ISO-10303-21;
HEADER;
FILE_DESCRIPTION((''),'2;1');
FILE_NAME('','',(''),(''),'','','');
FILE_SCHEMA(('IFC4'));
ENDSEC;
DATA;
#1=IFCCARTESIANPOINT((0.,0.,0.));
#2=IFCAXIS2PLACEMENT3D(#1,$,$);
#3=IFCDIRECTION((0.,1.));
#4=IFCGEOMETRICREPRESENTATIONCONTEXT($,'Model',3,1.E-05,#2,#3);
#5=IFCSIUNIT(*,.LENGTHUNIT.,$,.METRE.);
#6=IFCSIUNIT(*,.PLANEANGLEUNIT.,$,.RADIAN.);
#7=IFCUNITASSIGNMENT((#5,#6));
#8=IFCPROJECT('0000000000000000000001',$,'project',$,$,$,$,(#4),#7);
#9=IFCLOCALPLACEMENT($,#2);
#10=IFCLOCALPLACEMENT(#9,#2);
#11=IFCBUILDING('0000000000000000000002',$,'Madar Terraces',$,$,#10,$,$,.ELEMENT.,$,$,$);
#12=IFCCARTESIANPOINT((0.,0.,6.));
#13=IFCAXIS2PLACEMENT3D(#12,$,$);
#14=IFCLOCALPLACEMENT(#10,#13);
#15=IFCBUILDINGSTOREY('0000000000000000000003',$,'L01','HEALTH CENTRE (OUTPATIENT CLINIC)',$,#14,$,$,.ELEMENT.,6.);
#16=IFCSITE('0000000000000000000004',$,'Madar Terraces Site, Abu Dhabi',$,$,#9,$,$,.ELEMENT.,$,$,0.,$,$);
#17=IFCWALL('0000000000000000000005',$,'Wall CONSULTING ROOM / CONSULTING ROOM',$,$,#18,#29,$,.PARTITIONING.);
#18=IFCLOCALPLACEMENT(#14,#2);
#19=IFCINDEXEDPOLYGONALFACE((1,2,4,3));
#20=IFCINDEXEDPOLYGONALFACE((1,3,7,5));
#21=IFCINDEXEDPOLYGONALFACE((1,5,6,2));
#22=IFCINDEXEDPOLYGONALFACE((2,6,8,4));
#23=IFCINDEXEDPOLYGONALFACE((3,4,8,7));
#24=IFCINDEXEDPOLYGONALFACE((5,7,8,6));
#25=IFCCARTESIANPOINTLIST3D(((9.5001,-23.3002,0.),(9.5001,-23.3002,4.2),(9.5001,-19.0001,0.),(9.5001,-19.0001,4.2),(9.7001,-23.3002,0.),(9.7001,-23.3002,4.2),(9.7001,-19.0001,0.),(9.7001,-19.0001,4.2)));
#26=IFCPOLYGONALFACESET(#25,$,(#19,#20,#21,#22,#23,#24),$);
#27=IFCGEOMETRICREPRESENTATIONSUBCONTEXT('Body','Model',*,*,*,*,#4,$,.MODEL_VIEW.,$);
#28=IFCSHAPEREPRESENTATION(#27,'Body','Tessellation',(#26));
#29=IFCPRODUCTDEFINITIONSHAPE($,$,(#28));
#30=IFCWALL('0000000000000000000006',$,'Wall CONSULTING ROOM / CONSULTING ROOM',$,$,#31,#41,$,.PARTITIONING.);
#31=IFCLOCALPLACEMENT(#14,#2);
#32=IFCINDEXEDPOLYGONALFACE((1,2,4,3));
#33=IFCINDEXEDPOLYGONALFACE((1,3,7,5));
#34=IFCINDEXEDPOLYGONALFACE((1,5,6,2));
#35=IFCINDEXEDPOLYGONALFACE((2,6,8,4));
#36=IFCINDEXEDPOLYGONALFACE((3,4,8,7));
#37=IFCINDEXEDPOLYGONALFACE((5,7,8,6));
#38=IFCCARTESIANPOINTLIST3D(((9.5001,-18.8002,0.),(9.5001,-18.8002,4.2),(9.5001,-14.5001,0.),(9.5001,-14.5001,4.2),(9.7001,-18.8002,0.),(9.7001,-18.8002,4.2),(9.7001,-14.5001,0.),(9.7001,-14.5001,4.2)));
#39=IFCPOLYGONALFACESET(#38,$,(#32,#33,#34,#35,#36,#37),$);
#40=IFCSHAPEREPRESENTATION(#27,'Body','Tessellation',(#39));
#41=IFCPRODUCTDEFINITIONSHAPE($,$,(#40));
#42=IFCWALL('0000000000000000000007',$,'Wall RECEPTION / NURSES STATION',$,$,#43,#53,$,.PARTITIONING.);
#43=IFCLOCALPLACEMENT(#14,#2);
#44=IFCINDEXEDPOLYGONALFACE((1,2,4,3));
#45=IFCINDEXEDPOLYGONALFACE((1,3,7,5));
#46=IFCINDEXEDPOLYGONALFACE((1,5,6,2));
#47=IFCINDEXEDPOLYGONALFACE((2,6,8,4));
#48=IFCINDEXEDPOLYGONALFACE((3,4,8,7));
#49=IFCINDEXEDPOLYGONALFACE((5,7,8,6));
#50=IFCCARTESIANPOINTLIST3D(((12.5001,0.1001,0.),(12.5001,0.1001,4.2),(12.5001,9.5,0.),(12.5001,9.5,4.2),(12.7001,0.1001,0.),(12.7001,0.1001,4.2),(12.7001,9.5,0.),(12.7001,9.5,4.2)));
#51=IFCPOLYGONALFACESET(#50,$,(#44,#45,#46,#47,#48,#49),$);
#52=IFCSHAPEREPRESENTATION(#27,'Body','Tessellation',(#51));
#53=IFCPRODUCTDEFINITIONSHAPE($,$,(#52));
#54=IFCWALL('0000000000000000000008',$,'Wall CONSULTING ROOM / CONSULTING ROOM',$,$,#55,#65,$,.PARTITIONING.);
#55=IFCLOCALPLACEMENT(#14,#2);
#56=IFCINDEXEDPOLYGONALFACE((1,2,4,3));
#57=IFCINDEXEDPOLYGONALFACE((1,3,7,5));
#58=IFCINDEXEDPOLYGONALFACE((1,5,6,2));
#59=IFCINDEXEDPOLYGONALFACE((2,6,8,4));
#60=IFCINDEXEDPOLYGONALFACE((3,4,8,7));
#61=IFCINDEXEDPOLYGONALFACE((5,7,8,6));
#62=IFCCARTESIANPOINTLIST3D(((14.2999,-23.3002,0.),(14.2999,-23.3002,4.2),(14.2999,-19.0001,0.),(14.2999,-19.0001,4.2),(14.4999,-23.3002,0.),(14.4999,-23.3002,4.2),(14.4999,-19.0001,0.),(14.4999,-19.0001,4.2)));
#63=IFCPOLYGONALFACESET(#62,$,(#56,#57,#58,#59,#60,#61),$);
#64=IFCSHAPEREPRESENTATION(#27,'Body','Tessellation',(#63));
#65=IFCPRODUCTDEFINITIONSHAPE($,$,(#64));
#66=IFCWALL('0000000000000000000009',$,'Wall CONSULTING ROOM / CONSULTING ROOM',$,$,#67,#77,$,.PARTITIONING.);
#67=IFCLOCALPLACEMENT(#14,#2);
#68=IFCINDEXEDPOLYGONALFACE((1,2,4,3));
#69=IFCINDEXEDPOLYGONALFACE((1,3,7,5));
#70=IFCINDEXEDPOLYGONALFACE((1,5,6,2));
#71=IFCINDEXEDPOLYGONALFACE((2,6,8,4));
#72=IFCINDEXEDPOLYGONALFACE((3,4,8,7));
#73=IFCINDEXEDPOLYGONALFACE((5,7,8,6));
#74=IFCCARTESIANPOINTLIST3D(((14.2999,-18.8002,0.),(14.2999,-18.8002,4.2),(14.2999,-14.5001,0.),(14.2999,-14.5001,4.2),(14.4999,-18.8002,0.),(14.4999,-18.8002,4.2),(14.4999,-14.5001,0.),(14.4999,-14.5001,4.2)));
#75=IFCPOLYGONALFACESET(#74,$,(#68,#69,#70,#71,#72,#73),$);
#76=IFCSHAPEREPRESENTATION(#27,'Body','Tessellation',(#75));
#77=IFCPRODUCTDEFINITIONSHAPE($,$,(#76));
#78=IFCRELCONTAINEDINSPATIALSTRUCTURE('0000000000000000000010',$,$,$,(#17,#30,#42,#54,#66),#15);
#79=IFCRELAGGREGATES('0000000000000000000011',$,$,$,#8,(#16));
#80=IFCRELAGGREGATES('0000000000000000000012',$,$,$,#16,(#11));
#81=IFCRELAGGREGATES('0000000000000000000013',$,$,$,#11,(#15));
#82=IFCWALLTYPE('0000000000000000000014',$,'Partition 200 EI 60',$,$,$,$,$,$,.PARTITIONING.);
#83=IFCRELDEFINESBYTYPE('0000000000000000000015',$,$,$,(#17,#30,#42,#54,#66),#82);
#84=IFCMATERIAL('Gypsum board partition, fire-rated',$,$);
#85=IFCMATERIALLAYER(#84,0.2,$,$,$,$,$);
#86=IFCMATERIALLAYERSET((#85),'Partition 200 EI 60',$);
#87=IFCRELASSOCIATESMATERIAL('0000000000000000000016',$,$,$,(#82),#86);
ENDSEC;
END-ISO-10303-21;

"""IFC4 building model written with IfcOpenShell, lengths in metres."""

from ifc_helpers import new_model, si_unit, direction, frame, frame_2d, origin, place, context, subcontext, project, spatial, rectangle, extrude, material, layer, layer_set, type_object, element, save


model = new_model("IFC4")

# Units and contexts
model_context = context("Model", 3, precision=1e-05, world=origin(), true_north=direction((0.0, 1.0)))
body_context = subcontext(model_context, "Body", "Model", "MODEL_VIEW")
ifc_project = project(units=[si_unit("LENGTHUNIT", "METRE"), si_unit("PLANEANGLEUNIT", "RADIAN")], contexts=[model_context])

# Site, building, storey
site_placement = place(None, origin())
site = spatial("IfcSite", under=ifc_project, at=site_placement, Name="Madar Terraces Site, Abu Dhabi", CompositionType="ELEMENT", RefElevation=0.0)
building_placement = place(site_placement, origin())
building = spatial("IfcBuilding", under=site, at=building_placement, Name="Madar Terraces", CompositionType="ELEMENT")
storey_placement = place(building_placement, frame((0.0, 0.0, 6.0)))
storey = spatial("IfcBuildingStorey", under=building, at=storey_placement, Name="L01", Description="HEALTH CENTRE (OUTPATIENT CLINIC)", CompositionType="ELEMENT", Elevation=6.0)

# Walls
ifc_material_1 = material(Name="Gypsum board partition, fire-rated")
ifc_layer = layer(ifc_material_1, 0.2)
ifc_layer_set = layer_set([ifc_layer], Name="Partition 200 EI 60")
wall_type = type_object("IfcWallType", Name="Partition 200 EI 60", PredefinedType="PARTITIONING", material=ifc_layer_set)
for number, where, z_axis, x_axis, name in (
    (1, (9.6001, -23.3, 0.0), (0.0, 0.0, 1.0), (0.0, 1.0, 0.0), "Wall CONSULTING ROOM / CONSULTING ROOM"),
    (2, (9.6001, -18.8, 0.0), (0.0, 0.0, 1.0), (0.0, 1.0, 0.0), "Wall CONSULTING ROOM / CONSULTING ROOM"),
):
    element("IfcWall", number, at=place(storey_placement, frame(where, z_axis=z_axis, x_axis=x_axis)), inside=storey, type_object=wall_type, Name=name, PredefinedType="PARTITIONING", context=body_context, shape_type="SweptSolid", body=[
        extrude(rectangle(XDim=4.3, YDim=0.2, at=frame_2d((2.1499, 0.0))), origin(), (0.0, 0.0, 1.0), 4.2),
    ])
wall_1_placement = place(storey_placement, frame((12.6001, 0.1001, 0.0), z_axis=(0.0, 0.0, 1.0), x_axis=(0.0, 1.0, 0.0)))
element("IfcWall", 3, at=wall_1_placement, inside=storey, type_object=wall_type, Name="Wall RECEPTION / NURSES STATION", PredefinedType="PARTITIONING", context=body_context, shape_type="SweptSolid", body=[
    extrude(rectangle(XDim=9.3999, YDim=0.2, at=frame_2d((4.7, 0.0))), origin(), (0.0, 0.0, 1.0), 4.2),
])
for number, where, z_axis, x_axis, name in (
    (4, (14.3999, -23.3, 0.0), (0.0, 0.0, 1.0), (0.0, 1.0, 0.0), "Wall CONSULTING ROOM / CONSULTING ROOM"),
    (5, (14.3999, -18.8, 0.0), (0.0, 0.0, 1.0), (0.0, 1.0, 0.0), "Wall CONSULTING ROOM / CONSULTING ROOM"),
):
    element("IfcWall", number, at=place(storey_placement, frame(where, z_axis=z_axis, x_axis=x_axis)), inside=storey, type_object=wall_type, Name=name, PredefinedType="PARTITIONING", context=body_context, shape_type="SweptSolid", body=[
        extrude(rectangle(XDim=4.3, YDim=0.2, at=frame_2d((2.1499, 0.0))), origin(), (0.0, 0.0, 1.0), 4.2),
    ])

save(model, "model.ifc")
